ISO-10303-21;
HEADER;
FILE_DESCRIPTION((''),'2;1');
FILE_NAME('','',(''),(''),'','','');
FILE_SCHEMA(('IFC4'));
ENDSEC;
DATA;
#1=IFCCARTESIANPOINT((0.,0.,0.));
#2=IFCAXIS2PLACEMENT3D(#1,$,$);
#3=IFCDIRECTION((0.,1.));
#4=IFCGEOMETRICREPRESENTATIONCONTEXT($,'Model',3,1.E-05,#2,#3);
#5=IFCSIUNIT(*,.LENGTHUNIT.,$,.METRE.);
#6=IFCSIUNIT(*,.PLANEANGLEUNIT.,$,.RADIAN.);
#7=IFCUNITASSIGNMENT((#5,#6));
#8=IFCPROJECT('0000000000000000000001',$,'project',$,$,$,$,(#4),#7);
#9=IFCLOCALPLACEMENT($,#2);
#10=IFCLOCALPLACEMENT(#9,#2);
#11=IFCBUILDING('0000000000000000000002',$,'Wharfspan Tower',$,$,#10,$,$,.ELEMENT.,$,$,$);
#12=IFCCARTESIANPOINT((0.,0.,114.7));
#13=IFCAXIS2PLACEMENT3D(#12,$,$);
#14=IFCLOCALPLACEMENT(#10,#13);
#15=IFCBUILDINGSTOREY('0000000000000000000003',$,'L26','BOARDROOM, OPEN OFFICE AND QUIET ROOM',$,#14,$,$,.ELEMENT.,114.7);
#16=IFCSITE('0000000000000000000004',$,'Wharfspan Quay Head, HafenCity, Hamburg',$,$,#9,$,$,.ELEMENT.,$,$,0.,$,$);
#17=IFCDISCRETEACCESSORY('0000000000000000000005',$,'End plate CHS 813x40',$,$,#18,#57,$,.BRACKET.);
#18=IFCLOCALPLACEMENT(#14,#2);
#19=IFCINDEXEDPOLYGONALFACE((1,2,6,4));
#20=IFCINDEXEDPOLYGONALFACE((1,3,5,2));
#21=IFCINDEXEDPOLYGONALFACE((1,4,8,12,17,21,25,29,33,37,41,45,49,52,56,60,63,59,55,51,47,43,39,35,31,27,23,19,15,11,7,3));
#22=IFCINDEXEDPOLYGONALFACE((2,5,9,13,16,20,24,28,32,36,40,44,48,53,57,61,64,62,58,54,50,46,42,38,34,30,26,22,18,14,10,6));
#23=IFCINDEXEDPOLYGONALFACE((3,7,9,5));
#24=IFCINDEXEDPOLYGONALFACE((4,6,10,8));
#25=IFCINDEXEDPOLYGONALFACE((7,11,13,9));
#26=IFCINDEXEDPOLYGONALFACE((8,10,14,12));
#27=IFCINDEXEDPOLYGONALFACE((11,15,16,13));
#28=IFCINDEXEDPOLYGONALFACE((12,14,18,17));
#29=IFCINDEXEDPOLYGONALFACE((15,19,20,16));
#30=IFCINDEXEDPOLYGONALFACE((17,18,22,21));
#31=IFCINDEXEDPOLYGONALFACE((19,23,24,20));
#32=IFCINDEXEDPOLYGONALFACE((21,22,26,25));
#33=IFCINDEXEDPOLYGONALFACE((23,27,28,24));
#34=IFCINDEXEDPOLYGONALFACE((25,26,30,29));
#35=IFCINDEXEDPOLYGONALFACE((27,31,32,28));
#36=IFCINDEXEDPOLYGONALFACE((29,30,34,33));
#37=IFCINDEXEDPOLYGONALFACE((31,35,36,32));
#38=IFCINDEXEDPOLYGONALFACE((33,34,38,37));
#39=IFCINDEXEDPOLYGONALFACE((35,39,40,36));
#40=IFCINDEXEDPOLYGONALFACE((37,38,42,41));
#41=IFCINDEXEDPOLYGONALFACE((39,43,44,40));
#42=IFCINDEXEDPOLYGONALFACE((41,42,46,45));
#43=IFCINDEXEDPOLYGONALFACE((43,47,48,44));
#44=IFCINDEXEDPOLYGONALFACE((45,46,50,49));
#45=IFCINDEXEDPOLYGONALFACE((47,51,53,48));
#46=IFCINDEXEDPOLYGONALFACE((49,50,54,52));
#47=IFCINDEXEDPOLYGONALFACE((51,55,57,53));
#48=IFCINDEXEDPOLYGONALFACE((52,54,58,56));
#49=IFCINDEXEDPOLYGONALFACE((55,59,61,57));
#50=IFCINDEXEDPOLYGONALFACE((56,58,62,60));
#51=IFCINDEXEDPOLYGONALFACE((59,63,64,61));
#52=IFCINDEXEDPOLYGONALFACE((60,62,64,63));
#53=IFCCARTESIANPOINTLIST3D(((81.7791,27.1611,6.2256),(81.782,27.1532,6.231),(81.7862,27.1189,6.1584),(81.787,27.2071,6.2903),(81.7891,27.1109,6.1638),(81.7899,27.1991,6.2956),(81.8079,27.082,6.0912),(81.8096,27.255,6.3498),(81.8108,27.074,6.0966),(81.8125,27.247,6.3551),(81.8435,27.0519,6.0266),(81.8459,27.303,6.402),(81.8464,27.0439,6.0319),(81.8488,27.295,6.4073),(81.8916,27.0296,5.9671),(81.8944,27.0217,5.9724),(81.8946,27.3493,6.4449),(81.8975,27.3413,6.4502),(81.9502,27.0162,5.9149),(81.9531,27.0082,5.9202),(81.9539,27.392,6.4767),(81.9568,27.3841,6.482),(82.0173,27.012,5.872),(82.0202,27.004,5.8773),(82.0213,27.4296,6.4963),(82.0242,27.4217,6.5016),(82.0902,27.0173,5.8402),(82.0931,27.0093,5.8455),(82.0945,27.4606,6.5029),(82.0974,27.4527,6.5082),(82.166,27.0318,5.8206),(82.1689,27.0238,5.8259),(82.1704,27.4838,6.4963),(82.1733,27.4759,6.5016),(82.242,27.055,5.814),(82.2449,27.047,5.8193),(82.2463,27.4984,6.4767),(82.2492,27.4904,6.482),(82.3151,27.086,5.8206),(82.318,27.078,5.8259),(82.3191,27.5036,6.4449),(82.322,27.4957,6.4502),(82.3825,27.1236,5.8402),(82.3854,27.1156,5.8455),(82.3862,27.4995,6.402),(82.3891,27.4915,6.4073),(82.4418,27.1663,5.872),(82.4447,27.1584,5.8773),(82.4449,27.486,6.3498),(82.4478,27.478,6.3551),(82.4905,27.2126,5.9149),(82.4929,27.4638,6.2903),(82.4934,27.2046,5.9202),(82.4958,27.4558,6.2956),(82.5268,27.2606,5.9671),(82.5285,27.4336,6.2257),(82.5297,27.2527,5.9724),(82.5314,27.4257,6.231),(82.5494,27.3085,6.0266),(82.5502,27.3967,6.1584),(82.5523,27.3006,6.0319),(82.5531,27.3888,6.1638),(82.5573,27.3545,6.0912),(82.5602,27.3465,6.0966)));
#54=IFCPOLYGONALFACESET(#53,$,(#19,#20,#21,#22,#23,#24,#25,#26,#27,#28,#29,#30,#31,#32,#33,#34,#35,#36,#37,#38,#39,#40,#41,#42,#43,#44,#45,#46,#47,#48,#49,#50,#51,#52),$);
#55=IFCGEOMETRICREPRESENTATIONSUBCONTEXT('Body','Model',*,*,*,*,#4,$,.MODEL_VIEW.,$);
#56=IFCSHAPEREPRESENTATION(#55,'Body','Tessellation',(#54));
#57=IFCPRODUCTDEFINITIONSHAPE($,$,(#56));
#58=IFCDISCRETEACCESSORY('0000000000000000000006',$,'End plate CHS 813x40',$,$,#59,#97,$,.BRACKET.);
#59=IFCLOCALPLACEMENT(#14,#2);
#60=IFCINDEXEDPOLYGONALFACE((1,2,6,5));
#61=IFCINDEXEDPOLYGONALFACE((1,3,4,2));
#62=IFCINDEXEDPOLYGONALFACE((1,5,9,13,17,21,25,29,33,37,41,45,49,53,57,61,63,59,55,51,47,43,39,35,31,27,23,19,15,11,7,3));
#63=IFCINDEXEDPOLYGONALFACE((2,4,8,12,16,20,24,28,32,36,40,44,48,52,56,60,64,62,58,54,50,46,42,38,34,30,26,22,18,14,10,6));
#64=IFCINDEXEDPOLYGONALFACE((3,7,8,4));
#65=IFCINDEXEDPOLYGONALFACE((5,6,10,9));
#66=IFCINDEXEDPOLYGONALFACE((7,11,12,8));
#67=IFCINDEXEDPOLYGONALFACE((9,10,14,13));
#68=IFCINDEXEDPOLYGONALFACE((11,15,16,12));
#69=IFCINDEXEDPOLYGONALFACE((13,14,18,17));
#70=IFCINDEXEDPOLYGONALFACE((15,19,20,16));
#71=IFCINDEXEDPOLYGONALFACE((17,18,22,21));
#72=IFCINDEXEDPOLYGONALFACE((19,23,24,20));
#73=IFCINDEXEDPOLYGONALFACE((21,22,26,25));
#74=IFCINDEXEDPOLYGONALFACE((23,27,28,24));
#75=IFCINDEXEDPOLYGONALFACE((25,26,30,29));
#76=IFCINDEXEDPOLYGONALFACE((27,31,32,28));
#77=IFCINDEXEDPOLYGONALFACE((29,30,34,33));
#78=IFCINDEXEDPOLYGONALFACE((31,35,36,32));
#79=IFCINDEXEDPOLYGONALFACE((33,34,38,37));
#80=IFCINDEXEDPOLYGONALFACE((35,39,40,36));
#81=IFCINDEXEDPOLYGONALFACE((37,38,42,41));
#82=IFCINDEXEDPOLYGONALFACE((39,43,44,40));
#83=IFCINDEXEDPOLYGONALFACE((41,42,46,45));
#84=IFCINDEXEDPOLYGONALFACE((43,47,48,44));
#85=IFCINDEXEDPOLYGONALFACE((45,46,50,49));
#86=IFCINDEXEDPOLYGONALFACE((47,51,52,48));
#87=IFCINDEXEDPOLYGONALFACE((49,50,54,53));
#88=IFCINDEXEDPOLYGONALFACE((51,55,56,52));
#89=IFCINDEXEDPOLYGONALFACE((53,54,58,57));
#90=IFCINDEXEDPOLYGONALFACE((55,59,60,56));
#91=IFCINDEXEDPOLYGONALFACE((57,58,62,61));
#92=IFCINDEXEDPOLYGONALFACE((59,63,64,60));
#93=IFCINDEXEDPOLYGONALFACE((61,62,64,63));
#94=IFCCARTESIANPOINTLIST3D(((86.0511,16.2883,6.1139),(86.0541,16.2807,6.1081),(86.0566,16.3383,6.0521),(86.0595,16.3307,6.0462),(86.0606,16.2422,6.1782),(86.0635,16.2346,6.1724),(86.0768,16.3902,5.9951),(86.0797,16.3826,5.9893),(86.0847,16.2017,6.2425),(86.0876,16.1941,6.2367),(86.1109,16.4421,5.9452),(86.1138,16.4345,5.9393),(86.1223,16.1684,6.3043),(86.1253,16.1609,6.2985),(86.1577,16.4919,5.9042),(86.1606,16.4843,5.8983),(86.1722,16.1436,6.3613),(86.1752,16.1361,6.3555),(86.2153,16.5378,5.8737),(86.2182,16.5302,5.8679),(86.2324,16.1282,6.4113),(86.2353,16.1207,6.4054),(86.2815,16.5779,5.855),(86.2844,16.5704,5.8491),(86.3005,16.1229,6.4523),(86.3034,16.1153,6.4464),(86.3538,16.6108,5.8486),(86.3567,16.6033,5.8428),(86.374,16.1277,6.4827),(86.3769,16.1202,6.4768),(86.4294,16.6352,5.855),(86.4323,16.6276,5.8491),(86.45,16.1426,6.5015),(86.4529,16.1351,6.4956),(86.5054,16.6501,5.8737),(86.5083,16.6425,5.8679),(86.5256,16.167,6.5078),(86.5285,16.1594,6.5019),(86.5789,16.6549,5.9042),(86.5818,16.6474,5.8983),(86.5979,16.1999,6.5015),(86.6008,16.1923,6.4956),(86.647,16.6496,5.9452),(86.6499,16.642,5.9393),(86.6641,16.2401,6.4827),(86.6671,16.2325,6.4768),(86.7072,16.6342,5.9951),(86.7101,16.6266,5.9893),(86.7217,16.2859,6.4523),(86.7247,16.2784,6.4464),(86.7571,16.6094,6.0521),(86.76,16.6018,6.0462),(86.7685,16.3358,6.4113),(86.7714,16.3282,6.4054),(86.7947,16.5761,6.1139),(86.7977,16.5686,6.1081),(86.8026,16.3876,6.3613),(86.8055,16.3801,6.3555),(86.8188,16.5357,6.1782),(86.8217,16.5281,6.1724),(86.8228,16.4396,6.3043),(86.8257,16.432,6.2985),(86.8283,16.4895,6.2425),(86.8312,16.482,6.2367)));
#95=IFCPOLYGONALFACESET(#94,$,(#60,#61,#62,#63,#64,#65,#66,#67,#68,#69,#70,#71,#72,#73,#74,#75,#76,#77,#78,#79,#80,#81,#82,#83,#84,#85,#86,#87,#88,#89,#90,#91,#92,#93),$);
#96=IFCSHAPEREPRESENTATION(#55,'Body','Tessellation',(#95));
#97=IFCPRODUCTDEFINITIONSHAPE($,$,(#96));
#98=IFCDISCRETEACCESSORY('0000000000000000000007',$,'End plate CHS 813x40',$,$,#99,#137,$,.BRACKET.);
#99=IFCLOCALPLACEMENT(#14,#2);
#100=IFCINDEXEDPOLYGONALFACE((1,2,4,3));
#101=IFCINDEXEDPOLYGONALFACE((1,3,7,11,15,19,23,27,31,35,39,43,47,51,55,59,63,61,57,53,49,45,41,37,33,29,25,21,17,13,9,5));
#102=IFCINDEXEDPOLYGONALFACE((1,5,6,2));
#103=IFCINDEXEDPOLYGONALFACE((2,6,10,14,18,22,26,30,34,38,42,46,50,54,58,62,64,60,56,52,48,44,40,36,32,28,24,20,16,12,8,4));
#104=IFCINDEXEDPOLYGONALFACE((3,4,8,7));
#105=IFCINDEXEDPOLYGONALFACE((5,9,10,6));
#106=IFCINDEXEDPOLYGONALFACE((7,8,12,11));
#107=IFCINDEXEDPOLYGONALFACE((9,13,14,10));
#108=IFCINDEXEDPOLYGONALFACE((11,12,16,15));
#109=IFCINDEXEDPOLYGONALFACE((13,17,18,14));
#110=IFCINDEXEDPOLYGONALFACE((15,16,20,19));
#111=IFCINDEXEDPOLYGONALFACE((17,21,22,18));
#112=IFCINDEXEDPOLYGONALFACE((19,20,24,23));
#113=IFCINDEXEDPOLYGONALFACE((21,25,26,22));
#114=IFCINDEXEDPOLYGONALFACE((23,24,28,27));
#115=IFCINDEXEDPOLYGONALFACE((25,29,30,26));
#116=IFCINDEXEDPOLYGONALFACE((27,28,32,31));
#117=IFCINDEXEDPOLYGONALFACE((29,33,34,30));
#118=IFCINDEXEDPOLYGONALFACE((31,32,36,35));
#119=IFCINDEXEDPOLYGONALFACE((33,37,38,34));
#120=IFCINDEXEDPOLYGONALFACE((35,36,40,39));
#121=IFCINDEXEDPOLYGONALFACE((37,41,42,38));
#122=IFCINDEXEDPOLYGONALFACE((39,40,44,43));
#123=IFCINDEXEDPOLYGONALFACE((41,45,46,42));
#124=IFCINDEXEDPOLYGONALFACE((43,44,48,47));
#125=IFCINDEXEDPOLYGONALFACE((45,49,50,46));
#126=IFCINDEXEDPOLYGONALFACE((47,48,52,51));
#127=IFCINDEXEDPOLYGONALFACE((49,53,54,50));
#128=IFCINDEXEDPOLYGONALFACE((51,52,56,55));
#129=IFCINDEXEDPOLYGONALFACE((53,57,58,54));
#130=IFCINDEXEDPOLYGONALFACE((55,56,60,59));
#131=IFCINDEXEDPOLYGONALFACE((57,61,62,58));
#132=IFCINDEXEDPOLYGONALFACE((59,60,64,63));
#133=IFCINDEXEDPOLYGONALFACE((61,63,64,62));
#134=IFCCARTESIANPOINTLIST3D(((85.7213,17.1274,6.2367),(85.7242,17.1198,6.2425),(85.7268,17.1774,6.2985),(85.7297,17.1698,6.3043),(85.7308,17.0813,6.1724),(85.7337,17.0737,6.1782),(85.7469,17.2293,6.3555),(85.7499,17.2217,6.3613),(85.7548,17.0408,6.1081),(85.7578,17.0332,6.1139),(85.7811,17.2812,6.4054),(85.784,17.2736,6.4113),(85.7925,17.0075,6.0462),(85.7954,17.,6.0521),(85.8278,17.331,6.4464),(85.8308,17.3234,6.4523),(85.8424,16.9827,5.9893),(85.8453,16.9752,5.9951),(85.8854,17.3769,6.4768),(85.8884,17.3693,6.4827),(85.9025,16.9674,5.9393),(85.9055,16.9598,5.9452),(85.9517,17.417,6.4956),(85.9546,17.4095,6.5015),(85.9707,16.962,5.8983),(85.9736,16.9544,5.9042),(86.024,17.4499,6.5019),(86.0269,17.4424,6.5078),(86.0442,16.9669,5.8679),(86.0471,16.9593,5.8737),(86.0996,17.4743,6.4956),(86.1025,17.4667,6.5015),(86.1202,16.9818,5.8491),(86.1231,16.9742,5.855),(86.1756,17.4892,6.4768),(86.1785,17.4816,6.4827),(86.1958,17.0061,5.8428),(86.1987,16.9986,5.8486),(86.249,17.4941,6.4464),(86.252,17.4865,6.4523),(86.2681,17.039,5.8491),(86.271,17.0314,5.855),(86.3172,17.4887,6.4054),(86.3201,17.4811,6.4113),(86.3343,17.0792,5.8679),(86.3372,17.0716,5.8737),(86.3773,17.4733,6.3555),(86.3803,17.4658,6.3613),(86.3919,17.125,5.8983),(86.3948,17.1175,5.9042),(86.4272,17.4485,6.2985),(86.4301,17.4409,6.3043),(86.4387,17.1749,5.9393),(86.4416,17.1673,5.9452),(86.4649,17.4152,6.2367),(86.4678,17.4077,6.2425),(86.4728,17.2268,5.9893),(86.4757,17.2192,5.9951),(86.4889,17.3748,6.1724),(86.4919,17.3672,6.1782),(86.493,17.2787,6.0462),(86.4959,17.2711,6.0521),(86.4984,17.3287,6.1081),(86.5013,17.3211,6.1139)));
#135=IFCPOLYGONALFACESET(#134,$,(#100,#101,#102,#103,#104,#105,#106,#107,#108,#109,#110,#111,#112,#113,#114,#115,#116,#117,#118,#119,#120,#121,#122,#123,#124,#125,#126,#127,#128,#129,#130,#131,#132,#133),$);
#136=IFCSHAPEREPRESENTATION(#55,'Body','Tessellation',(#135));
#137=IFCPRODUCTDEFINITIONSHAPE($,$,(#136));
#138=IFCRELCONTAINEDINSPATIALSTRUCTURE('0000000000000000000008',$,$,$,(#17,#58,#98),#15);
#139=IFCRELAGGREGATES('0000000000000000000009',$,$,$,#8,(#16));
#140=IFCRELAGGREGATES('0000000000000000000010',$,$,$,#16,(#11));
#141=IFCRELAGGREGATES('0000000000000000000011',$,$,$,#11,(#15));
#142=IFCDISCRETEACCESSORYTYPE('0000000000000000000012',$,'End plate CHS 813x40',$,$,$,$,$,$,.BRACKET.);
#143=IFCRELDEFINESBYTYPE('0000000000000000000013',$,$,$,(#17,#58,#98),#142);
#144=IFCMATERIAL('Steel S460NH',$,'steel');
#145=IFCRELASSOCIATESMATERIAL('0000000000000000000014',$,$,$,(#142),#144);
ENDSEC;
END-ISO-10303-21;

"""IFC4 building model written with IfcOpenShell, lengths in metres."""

from ifc_helpers import new_model, si_unit, direction, frame, origin, origin_2d, place, context, subcontext, project, spatial, circle, extrude, material, material_profile, profile_set, type_object, element, save


model = new_model("IFC4")

# Units and contexts
model_context = context("Model", 3, precision=1e-05, world=origin(), true_north=direction((0.0, 1.0)))
body_context = subcontext(model_context, "Body", "Model", "MODEL_VIEW")
ifc_project = project(units=[si_unit("LENGTHUNIT", "METRE"), si_unit("PLANEANGLEUNIT", "RADIAN")], contexts=[model_context])

# Site, building, storey
site_placement = place(None, origin())
site = spatial("IfcSite", under=ifc_project, at=site_placement, Name="Wharfspan Quay Head, HafenCity, Hamburg", CompositionType="ELEMENT", RefElevation=0.0)
building_placement = place(site_placement, origin())
building = spatial("IfcBuilding", under=site, at=building_placement, Name="Wharfspan Tower", CompositionType="ELEMENT")
storey_placement = place(building_placement, frame((0.0, 0.0, 114.7)))
storey = spatial("IfcBuildingStorey", under=building, at=storey_placement, Name="L26", Description="BOARDROOM, OPEN OFFICE AND QUIET ROOM", CompositionType="ELEMENT", Elevation=114.7)

# Shared definitions
ifc_material_1 = material(Name="Steel S460NH", Category="steel")

# Discrete accessories
ifc_material_profile_1 = material_profile(ifc_material_1, circle(Radius=0.4065, at=origin_2d()))
ifc_profile_set_1 = profile_set([ifc_material_profile_1], Name="Steel S460NH")
discrete_accessory_type = type_object("IfcDiscreteAccessoryType", Name="End plate CHS 813x40", PredefinedType="BRACKET", material=ifc_profile_set_1)
for number, where, z_axis, x_axis, name in (
    (1, (82.1682, 27.2578, 6.1584), (0.289598, -0.796395, 0.53093), (0.939792, 0.341743, 0.000001), "End plate CHS 813x40"),
    (2, (86.4426, 16.3813, 6.1724), (-0.292683, 0.756098, 0.585366), (-0.932565, -0.360992, -0.000001), "End plate CHS 813x40"),
    (3, (86.1099, 17.228, 6.1724), (0.292683, -0.756098, 0.585366), (0.932565, 0.360992, -0.000001), "End plate CHS 813x40"),
):
    element("IfcDiscreteAccessory", number, at=place(storey_placement, frame(where, z_axis=z_axis, x_axis=x_axis)), inside=storey, type_object=discrete_accessory_type, Name=name, PredefinedType="BRACKET", context=body_context, shape_type="SweptSolid", body=[
        extrude(circle(Radius=0.4065, at=origin_2d()), origin(), (0.0, 0.0, 1.0), 0.01),
    ])

save(model, "model.ifc")
